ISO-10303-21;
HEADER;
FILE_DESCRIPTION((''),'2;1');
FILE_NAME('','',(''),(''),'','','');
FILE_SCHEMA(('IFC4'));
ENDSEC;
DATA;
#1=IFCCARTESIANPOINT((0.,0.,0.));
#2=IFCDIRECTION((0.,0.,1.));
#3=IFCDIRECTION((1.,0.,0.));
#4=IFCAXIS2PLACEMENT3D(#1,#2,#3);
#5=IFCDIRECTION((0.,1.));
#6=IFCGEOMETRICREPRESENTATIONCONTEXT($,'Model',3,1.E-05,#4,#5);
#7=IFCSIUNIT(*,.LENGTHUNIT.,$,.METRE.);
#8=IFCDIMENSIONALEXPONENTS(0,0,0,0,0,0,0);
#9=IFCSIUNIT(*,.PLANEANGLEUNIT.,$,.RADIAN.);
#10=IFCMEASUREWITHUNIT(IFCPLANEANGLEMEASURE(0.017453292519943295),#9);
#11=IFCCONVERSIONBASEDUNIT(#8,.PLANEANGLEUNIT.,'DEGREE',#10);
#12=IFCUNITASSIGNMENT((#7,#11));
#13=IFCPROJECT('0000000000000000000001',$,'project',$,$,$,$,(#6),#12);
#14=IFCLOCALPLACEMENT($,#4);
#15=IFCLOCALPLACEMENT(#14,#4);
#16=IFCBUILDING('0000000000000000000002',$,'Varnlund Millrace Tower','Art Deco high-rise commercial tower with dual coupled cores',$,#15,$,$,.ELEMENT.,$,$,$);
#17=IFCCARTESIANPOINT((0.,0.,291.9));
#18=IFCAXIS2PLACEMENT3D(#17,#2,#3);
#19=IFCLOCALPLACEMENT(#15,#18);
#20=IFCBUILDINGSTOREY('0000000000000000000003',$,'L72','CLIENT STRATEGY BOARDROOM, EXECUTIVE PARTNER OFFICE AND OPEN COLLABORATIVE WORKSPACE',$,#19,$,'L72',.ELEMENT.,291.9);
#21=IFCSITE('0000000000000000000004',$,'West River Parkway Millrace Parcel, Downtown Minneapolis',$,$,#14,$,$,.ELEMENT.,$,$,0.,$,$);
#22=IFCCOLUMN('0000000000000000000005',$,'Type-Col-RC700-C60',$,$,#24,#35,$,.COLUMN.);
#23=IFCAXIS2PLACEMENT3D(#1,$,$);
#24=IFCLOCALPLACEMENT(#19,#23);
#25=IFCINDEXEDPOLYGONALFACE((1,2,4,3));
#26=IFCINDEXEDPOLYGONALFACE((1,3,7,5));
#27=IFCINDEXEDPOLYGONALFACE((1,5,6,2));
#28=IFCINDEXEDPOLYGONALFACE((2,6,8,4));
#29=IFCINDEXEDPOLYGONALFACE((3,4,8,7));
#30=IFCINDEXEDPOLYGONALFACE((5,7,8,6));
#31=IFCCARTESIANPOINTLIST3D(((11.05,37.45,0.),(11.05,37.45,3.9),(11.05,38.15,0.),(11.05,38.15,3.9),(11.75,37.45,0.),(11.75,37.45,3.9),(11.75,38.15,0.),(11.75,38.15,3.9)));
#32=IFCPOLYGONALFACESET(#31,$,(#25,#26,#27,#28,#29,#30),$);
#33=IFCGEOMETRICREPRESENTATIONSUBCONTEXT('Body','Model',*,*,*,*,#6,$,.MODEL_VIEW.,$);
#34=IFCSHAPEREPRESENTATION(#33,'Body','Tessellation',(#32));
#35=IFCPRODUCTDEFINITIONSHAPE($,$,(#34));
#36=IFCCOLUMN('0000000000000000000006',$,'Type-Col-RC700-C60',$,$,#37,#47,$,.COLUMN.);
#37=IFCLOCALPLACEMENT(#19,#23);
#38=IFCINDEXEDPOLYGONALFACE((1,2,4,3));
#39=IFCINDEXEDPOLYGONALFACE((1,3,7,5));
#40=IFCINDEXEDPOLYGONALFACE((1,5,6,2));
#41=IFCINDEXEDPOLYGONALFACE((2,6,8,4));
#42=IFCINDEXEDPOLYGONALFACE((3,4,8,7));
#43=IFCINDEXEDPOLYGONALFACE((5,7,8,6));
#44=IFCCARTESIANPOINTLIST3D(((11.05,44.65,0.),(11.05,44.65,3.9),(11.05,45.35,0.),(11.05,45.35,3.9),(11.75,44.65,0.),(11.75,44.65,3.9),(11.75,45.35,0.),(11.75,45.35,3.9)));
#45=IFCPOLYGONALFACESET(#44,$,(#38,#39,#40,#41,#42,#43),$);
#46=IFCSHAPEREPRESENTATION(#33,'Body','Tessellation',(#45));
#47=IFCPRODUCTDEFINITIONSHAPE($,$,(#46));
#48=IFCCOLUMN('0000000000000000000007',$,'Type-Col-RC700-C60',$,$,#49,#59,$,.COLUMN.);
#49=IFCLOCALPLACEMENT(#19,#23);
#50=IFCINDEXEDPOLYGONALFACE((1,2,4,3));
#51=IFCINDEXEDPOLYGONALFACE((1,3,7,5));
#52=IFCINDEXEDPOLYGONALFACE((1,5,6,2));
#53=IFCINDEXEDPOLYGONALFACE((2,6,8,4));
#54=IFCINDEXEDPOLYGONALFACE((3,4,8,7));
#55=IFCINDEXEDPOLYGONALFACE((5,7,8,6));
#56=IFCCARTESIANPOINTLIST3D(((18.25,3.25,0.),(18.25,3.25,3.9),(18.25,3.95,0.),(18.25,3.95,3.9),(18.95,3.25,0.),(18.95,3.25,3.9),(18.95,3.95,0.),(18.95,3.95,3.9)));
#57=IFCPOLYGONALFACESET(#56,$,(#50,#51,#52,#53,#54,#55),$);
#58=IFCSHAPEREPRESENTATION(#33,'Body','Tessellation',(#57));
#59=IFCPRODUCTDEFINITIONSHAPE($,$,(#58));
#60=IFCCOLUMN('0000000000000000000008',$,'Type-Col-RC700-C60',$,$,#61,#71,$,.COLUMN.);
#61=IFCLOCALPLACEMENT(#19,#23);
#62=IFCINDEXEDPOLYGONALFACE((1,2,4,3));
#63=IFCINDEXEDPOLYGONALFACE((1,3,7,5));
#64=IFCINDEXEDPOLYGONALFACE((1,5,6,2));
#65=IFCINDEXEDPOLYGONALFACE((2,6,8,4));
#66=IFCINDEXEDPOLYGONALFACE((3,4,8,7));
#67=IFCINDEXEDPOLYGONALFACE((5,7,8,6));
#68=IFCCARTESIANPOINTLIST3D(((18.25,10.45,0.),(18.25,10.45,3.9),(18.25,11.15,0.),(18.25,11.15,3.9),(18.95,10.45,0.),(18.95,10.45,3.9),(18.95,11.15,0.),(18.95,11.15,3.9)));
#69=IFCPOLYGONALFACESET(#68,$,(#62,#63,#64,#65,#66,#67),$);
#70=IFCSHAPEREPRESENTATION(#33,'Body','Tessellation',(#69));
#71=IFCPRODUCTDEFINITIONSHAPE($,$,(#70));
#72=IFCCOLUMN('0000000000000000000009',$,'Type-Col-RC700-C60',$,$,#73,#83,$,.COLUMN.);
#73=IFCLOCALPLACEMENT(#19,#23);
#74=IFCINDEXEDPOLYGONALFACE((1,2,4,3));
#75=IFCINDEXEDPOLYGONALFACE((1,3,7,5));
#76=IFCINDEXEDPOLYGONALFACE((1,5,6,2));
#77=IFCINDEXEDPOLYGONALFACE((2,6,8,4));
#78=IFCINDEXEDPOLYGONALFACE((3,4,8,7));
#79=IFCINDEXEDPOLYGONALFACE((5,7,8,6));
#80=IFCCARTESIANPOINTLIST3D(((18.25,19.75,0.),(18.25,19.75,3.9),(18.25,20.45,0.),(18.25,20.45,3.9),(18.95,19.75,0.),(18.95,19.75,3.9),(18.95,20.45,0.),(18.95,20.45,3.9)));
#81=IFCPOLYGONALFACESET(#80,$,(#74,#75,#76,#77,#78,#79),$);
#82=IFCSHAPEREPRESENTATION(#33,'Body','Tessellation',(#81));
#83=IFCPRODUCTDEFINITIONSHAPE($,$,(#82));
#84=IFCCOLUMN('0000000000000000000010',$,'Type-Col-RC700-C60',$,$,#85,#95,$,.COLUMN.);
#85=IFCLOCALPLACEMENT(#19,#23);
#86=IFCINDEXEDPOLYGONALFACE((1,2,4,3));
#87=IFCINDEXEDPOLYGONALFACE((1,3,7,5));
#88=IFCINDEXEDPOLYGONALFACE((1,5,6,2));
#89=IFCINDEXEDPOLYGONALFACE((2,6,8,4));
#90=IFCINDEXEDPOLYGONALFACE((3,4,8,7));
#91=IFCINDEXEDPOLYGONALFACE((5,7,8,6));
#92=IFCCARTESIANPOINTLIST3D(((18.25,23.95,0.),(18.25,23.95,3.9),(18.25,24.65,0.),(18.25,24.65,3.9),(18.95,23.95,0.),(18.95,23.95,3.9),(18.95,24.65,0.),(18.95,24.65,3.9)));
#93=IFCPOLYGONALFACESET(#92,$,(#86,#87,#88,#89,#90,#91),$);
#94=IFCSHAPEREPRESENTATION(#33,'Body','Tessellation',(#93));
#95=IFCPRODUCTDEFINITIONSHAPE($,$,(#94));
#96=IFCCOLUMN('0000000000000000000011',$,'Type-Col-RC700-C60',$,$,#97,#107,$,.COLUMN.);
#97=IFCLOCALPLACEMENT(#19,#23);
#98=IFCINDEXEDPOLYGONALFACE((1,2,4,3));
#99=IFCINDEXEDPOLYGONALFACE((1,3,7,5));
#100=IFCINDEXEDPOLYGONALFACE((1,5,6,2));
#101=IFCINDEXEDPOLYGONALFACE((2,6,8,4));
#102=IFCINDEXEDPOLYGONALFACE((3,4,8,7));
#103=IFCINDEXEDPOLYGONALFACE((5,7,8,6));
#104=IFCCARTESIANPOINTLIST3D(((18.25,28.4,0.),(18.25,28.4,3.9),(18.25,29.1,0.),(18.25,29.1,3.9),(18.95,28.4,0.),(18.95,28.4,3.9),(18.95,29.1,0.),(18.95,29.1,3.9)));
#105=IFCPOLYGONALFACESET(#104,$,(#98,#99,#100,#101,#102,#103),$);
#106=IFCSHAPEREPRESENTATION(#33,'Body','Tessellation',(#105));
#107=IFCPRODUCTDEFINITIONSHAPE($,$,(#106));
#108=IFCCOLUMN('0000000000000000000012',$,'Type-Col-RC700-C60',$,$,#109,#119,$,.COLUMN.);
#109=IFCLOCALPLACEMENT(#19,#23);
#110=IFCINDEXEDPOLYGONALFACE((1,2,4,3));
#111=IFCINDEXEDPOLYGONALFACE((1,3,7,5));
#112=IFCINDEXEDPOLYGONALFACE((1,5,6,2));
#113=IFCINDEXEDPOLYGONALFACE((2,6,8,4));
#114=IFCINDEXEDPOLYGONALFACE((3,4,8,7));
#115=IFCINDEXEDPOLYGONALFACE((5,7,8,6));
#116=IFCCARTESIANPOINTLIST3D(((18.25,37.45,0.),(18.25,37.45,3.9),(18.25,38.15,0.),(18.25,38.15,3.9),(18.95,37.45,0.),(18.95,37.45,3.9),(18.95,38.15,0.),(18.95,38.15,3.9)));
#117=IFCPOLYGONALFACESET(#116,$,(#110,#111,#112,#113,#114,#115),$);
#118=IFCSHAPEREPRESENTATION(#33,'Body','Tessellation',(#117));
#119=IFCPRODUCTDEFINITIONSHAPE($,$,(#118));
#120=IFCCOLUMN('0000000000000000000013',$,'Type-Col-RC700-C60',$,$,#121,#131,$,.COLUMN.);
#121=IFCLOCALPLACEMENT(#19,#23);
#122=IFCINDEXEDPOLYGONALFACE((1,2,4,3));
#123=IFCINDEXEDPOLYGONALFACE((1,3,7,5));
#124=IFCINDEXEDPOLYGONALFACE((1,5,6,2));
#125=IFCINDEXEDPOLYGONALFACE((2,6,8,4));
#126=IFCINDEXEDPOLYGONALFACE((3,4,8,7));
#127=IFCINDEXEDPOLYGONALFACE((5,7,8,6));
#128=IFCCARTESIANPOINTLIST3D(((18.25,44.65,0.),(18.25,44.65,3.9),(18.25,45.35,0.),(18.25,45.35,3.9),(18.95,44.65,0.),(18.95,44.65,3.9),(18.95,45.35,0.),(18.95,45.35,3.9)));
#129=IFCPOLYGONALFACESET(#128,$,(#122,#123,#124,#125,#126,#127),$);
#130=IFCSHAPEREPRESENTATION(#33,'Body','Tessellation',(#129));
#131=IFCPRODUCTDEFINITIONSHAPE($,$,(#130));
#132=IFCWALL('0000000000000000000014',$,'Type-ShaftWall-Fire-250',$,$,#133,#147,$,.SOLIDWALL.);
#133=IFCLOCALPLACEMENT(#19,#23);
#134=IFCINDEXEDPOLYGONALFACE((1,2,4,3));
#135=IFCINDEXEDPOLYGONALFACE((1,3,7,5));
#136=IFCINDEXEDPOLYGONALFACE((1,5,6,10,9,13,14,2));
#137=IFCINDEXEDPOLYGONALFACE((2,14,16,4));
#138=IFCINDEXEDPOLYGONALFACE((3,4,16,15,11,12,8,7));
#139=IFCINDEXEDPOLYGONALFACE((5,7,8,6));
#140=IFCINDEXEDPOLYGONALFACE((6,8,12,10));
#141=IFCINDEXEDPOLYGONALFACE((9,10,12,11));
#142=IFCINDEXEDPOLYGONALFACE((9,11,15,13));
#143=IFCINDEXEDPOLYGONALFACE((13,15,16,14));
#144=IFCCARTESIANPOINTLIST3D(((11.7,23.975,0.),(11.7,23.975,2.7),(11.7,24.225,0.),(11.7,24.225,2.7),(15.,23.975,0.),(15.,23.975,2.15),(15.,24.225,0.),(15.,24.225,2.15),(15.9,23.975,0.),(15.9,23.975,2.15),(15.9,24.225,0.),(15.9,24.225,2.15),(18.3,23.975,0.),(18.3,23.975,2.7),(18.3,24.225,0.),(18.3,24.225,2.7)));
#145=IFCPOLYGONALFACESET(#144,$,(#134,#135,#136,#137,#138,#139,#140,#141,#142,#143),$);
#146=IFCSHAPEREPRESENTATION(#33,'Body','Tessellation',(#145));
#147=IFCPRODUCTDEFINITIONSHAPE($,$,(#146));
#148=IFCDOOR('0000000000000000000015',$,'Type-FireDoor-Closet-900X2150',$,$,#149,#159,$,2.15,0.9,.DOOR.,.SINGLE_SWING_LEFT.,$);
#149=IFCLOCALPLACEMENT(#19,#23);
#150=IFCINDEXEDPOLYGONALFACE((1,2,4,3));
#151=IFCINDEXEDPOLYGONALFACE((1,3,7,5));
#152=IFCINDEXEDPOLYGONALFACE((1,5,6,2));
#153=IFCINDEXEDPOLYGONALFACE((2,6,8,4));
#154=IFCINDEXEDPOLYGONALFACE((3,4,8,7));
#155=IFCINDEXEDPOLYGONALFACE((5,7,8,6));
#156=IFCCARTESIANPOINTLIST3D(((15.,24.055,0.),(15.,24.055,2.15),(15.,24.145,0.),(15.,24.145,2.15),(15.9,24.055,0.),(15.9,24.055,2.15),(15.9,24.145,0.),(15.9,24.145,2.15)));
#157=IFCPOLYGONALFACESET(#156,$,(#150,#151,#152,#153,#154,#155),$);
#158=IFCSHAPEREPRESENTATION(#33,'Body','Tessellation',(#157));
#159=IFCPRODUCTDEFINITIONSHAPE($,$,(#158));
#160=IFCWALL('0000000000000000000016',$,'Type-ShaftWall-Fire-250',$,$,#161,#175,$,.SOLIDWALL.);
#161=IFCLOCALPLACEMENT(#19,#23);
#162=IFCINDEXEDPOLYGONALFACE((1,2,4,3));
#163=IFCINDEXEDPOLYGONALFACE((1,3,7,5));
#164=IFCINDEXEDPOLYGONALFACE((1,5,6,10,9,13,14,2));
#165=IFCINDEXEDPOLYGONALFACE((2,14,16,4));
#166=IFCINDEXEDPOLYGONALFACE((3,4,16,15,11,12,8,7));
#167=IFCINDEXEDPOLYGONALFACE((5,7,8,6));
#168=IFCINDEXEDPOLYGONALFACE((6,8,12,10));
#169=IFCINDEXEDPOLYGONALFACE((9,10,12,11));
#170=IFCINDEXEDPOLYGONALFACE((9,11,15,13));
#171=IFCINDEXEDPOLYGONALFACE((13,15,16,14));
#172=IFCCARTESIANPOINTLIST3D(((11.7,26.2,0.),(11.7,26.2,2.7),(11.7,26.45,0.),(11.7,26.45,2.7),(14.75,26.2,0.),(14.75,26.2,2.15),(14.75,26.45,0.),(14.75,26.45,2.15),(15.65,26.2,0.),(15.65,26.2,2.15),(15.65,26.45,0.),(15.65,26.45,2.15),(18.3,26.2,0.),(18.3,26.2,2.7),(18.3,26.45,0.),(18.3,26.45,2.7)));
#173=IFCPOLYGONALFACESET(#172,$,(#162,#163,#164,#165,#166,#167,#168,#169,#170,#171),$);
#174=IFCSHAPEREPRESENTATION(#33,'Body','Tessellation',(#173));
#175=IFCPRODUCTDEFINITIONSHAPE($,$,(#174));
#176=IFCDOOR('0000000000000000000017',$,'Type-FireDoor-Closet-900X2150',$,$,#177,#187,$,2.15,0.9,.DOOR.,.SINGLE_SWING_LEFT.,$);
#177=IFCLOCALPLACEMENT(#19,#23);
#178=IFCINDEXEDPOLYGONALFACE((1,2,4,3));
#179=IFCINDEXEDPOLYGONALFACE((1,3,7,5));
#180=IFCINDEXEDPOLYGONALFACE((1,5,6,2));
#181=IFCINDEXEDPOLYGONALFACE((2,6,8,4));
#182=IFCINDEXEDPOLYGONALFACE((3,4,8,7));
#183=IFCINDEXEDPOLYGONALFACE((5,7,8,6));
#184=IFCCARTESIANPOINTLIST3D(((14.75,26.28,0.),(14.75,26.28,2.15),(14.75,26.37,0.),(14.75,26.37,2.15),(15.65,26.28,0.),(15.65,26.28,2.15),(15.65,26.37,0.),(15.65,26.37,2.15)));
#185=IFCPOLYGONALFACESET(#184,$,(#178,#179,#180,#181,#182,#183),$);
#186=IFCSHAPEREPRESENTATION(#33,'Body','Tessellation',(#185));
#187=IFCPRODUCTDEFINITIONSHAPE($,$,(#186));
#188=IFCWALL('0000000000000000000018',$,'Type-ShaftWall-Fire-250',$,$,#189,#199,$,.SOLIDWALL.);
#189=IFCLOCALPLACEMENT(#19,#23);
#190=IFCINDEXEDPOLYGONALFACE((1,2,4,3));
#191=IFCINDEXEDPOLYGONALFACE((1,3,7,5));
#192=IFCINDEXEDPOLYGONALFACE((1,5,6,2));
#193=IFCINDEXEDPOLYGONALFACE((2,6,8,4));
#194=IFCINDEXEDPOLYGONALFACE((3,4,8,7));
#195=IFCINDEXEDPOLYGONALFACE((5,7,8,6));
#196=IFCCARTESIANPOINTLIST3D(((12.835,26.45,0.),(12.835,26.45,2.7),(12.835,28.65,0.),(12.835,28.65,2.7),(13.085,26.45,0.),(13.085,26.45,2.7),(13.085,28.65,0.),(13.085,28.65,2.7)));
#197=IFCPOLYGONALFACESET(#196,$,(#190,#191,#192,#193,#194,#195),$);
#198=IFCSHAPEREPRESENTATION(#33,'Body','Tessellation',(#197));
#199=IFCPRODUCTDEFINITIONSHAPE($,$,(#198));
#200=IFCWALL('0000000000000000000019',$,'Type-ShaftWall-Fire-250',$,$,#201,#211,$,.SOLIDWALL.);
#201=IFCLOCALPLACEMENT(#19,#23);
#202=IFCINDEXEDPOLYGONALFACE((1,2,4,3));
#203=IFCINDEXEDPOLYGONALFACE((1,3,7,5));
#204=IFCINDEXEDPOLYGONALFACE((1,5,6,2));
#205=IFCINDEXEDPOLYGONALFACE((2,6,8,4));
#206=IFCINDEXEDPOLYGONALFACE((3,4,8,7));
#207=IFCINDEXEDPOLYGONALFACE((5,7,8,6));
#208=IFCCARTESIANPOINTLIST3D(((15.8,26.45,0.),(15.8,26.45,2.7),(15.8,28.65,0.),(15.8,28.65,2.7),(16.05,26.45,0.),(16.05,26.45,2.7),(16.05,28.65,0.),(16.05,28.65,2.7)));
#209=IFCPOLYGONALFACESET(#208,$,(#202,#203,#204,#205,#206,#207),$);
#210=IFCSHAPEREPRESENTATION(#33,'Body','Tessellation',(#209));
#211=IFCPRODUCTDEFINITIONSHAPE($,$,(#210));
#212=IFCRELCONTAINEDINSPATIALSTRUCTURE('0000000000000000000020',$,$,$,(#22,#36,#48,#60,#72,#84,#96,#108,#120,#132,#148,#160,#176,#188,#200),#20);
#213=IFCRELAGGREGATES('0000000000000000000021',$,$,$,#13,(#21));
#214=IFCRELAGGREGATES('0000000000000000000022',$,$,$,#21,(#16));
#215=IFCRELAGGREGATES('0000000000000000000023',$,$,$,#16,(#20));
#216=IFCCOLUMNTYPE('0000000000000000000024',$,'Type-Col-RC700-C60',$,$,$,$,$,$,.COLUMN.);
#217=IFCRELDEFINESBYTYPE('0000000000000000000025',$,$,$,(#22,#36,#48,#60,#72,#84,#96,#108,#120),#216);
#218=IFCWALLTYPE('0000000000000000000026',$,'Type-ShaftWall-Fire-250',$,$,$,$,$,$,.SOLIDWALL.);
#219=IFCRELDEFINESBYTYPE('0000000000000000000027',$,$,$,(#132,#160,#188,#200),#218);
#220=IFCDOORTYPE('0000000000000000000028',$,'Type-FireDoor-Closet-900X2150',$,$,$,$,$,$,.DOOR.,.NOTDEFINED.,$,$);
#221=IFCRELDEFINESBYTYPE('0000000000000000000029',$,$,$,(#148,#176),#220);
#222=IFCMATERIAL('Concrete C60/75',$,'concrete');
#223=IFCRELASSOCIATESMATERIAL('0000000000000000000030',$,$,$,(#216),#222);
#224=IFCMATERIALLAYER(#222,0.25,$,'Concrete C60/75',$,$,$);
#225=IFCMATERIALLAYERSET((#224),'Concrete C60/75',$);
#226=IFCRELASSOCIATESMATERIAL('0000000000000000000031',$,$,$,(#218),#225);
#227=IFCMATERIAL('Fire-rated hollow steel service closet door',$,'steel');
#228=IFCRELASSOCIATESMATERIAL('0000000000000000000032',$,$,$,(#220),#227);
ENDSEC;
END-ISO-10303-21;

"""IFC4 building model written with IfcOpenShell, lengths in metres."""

from ifc_helpers import new_model, entity, si_unit, converted_unit, direction, frame, origin_with_axes, origin_2d_with_axis, place, context, subcontext, project, spatial, polyline, rectangle, outline, extrude, material, layer, layer_set, material_profile, profile_set, type_object, element, fill, save


model = new_model("IFC4")

# Units and contexts
model_context = context("Model", 3, precision=1e-05, world=origin_with_axes(), true_north=direction((0.0, 1.0)))
body_context = subcontext(model_context, "Body", "Model", "MODEL_VIEW")
ifc_project = project(units=[si_unit("LENGTHUNIT", "METRE"), converted_unit("PLANEANGLEUNIT", "DEGREE", entity("IfcPlaneAngleMeasure", 0.017453292519943295), si_unit("PLANEANGLEUNIT", "RADIAN"), dimensions=[0, 0, 0, 0, 0, 0, 0])], contexts=[model_context])

# Site, building, storey
site_placement = place(None, origin_with_axes())
site = spatial("IfcSite", under=ifc_project, at=site_placement, Name="West River Parkway Millrace Parcel, Downtown Minneapolis", CompositionType="ELEMENT", RefElevation=0.0)
building_placement = place(site_placement, origin_with_axes())
building = spatial("IfcBuilding", under=site, at=building_placement, Name="Varnlund Millrace Tower", Description="Art Deco high-rise commercial tower with dual coupled cores", CompositionType="ELEMENT")
storey_placement = place(building_placement, frame((0.0, 0.0, 291.9), z_axis=(0.0, 0.0, 1.0), x_axis=(1.0, 0.0, 0.0)))
storey = spatial("IfcBuildingStorey", under=building, at=storey_placement, Name="L72", Description="CLIENT STRATEGY BOARDROOM, EXECUTIVE PARTNER OFFICE AND OPEN COLLABORATIVE WORKSPACE", LongName="L72", CompositionType="ELEMENT", Elevation=291.9)

# Columns
ifc_material_1 = material(Name="Concrete C60/75", Category="concrete")
ifc_material_profile_1 = material_profile(ifc_material_1, rectangle(XDim=0.7, YDim=0.7, at=origin_2d_with_axis()), Name="Concrete C60/75")
ifc_profile_set_1 = profile_set([ifc_material_profile_1], Name="Concrete C60/75")
column_type_1 = type_object("IfcColumnType", Name="Type-Col-RC700-C60", PredefinedType="COLUMN", material=ifc_profile_set_1)
for number, where, z_axis, x_axis, name in (
    (1, (11.4, 37.8, 0.0), (0.0, 0.0, 1.0), (1.0, 0.0, 0.0), "Type-Col-RC700-C60"),
    (2, (11.4, 45.0, 0.0), (0.0, 0.0, 1.0), (1.0, 0.0, 0.0), "Type-Col-RC700-C60"),
    (3, (18.6, 3.6, 0.0), (0.0, 0.0, 1.0), (1.0, 0.0, 0.0), "Type-Col-RC700-C60"),
    (4, (18.6, 10.8, 0.0), (0.0, 0.0, 1.0), (1.0, 0.0, 0.0), "Type-Col-RC700-C60"),
    (5, (18.6, 20.1, 0.0), (0.0, 0.0, 1.0), (1.0, 0.0, 0.0), "Type-Col-RC700-C60"),
    (6, (18.6, 24.3, 0.0), (0.0, 0.0, 1.0), (1.0, 0.0, 0.0), "Type-Col-RC700-C60"),
    (7, (18.6, 28.75, 0.0), (0.0, 0.0, 1.0), (1.0, 0.0, 0.0), "Type-Col-RC700-C60"),
    (8, (18.6, 37.8, 0.0), (0.0, 0.0, 1.0), (1.0, 0.0, 0.0), "Type-Col-RC700-C60"),
    (9, (18.6, 45.0, 0.0), (0.0, 0.0, 1.0), (1.0, 0.0, 0.0), "Type-Col-RC700-C60"),
):
    element("IfcColumn", number, at=place(storey_placement, frame(where, z_axis=z_axis, x_axis=x_axis)), inside=storey, type_object=column_type_1, Name=name, PredefinedType="COLUMN", context=body_context, shape_type="SweptSolid", body=[
        extrude(rectangle(XDim=0.7, YDim=0.7, at=origin_2d_with_axis()), origin_with_axes(), (0.0, 0.0, 1.0), 3.9),
    ])

# Walls, openings, doors
ifc_layer = layer(ifc_material_1, 0.25, Name="Concrete C60/75")
ifc_layer_set = layer_set([ifc_layer], Name="Concrete C60/75")
wall_type_1 = type_object("IfcWallType", Name="Type-ShaftWall-Fire-250", PredefinedType="SOLIDWALL", material=ifc_layer_set)
wall_1_placement = place(storey_placement, frame((11.7, 24.1, 0.0), z_axis=(0.0, 0.0, 1.0), x_axis=(1.0, 0.0, 0.0)))
wall_1 = element("IfcWall", 10, at=wall_1_placement, inside=storey, type_object=wall_type_1, Name="Type-ShaftWall-Fire-250", PredefinedType="SOLIDWALL", context=body_context, shape_type="SweptSolid", body=[
    extrude(outline(polyline([(0.0, -0.125), (6.6, -0.125), (6.6, 0.125), (0.0, 0.125), (0.0, -0.125)])), origin_with_axes(), (0.0, 0.0, 1.0), 2.7),
])
opening_1_placement = place(wall_1_placement, frame((3.75, 0.0, 0.0), z_axis=(0.0, 0.0, 1.0), x_axis=(1.0, 0.0, 0.0)))
opening_1 = element("IfcOpeningElement", 11, at=opening_1_placement, cuts=wall_1, PredefinedType="OPENING", context=body_context, shape_type="SweptSolid", body=[
    extrude(rectangle(XDim=0.9, YDim=0.27, at=origin_2d_with_axis()), origin_with_axes(), (0.0, 0.0, 1.0), 2.15),
])
ifc_material_2 = material(Name="Fire-rated hollow steel service closet door", Category="steel")
door_type_1 = type_object("IfcDoorType", Name="Type-FireDoor-Closet-900X2150", OperationType="NOTDEFINED", PredefinedType="DOOR", material=ifc_material_2)
door_1_placement = place(wall_1_placement, frame((3.75, 0.0, 0.0), z_axis=(0.0, 0.0, 1.0), x_axis=(1.0, 0.0, 0.0)))
door_1 = element("IfcDoor", 12, at=door_1_placement, inside=storey, type_object=door_type_1, Name="Type-FireDoor-Closet-900X2150", OperationType="SINGLE_SWING_LEFT", OverallHeight=2.15, OverallWidth=0.9, PredefinedType="DOOR", context=body_context, shape_type="SweptSolid", body=[
    extrude(rectangle(XDim=0.9, YDim=0.09, at=origin_2d_with_axis()), origin_with_axes(), (0.0, 0.0, 1.0), 2.15),
])
fill(opening_1, door_1)
wall_2_placement = place(storey_placement, frame((11.7, 26.325, 0.0), z_axis=(0.0, 0.0, 1.0), x_axis=(1.0, 0.0, 0.0)))
wall_2 = element("IfcWall", 13, at=wall_2_placement, inside=storey, type_object=wall_type_1, Name="Type-ShaftWall-Fire-250", PredefinedType="SOLIDWALL", context=body_context, shape_type="SweptSolid", body=[
    extrude(outline(polyline([(0.0, -0.125), (6.6, -0.125), (6.6, 0.125), (0.0, 0.125), (0.0, -0.125)])), origin_with_axes(), (0.0, 0.0, 1.0), 2.7),
])
opening_2_placement = place(wall_2_placement, frame((3.5, 0.0, 0.0), z_axis=(0.0, 0.0, 1.0), x_axis=(1.0, 0.0, 0.0)))
opening_2 = element("IfcOpeningElement", 14, at=opening_2_placement, cuts=wall_2, PredefinedType="OPENING", context=body_context, shape_type="SweptSolid", body=[
    extrude(rectangle(XDim=0.9, YDim=0.27, at=origin_2d_with_axis()), origin_with_axes(), (0.0, 0.0, 1.0), 2.15),
])
door_2_placement = place(wall_2_placement, frame((3.5, 0.0, 0.0), z_axis=(0.0, 0.0, 1.0), x_axis=(1.0, 0.0, 0.0)))
door_2 = element("IfcDoor", 15, at=door_2_placement, inside=storey, type_object=door_type_1, Name="Type-FireDoor-Closet-900X2150", OperationType="SINGLE_SWING_LEFT", OverallHeight=2.15, OverallWidth=0.9, PredefinedType="DOOR", context=body_context, shape_type="SweptSolid", body=[
    extrude(rectangle(XDim=0.9, YDim=0.09, at=origin_2d_with_axis()), origin_with_axes(), (0.0, 0.0, 1.0), 2.15),
])
fill(opening_2, door_2)

# Walls
for number, where, z_axis, x_axis, name in (
    (16, (12.96, 26.45, 0.0), (0.0, 0.0, 1.0), (0.0, 1.0, 0.0), "Type-ShaftWall-Fire-250"),
    (17, (15.925, 26.45, 0.0), (0.0, 0.0, 1.0), (0.0, 1.0, 0.0), "Type-ShaftWall-Fire-250"),
):
    element("IfcWall", number, at=place(storey_placement, frame(where, z_axis=z_axis, x_axis=x_axis)), inside=storey, type_object=wall_type_1, Name=name, PredefinedType="SOLIDWALL", context=body_context, shape_type="SweptSolid", body=[
        extrude(outline(polyline([(0.0, -0.125), (2.2, -0.125), (2.2, 0.125), (0.0, 0.125), (0.0, -0.125)])), origin_with_axes(), (0.0, 0.0, 1.0), 2.7),
    ])

save(model, "model.ifc")
